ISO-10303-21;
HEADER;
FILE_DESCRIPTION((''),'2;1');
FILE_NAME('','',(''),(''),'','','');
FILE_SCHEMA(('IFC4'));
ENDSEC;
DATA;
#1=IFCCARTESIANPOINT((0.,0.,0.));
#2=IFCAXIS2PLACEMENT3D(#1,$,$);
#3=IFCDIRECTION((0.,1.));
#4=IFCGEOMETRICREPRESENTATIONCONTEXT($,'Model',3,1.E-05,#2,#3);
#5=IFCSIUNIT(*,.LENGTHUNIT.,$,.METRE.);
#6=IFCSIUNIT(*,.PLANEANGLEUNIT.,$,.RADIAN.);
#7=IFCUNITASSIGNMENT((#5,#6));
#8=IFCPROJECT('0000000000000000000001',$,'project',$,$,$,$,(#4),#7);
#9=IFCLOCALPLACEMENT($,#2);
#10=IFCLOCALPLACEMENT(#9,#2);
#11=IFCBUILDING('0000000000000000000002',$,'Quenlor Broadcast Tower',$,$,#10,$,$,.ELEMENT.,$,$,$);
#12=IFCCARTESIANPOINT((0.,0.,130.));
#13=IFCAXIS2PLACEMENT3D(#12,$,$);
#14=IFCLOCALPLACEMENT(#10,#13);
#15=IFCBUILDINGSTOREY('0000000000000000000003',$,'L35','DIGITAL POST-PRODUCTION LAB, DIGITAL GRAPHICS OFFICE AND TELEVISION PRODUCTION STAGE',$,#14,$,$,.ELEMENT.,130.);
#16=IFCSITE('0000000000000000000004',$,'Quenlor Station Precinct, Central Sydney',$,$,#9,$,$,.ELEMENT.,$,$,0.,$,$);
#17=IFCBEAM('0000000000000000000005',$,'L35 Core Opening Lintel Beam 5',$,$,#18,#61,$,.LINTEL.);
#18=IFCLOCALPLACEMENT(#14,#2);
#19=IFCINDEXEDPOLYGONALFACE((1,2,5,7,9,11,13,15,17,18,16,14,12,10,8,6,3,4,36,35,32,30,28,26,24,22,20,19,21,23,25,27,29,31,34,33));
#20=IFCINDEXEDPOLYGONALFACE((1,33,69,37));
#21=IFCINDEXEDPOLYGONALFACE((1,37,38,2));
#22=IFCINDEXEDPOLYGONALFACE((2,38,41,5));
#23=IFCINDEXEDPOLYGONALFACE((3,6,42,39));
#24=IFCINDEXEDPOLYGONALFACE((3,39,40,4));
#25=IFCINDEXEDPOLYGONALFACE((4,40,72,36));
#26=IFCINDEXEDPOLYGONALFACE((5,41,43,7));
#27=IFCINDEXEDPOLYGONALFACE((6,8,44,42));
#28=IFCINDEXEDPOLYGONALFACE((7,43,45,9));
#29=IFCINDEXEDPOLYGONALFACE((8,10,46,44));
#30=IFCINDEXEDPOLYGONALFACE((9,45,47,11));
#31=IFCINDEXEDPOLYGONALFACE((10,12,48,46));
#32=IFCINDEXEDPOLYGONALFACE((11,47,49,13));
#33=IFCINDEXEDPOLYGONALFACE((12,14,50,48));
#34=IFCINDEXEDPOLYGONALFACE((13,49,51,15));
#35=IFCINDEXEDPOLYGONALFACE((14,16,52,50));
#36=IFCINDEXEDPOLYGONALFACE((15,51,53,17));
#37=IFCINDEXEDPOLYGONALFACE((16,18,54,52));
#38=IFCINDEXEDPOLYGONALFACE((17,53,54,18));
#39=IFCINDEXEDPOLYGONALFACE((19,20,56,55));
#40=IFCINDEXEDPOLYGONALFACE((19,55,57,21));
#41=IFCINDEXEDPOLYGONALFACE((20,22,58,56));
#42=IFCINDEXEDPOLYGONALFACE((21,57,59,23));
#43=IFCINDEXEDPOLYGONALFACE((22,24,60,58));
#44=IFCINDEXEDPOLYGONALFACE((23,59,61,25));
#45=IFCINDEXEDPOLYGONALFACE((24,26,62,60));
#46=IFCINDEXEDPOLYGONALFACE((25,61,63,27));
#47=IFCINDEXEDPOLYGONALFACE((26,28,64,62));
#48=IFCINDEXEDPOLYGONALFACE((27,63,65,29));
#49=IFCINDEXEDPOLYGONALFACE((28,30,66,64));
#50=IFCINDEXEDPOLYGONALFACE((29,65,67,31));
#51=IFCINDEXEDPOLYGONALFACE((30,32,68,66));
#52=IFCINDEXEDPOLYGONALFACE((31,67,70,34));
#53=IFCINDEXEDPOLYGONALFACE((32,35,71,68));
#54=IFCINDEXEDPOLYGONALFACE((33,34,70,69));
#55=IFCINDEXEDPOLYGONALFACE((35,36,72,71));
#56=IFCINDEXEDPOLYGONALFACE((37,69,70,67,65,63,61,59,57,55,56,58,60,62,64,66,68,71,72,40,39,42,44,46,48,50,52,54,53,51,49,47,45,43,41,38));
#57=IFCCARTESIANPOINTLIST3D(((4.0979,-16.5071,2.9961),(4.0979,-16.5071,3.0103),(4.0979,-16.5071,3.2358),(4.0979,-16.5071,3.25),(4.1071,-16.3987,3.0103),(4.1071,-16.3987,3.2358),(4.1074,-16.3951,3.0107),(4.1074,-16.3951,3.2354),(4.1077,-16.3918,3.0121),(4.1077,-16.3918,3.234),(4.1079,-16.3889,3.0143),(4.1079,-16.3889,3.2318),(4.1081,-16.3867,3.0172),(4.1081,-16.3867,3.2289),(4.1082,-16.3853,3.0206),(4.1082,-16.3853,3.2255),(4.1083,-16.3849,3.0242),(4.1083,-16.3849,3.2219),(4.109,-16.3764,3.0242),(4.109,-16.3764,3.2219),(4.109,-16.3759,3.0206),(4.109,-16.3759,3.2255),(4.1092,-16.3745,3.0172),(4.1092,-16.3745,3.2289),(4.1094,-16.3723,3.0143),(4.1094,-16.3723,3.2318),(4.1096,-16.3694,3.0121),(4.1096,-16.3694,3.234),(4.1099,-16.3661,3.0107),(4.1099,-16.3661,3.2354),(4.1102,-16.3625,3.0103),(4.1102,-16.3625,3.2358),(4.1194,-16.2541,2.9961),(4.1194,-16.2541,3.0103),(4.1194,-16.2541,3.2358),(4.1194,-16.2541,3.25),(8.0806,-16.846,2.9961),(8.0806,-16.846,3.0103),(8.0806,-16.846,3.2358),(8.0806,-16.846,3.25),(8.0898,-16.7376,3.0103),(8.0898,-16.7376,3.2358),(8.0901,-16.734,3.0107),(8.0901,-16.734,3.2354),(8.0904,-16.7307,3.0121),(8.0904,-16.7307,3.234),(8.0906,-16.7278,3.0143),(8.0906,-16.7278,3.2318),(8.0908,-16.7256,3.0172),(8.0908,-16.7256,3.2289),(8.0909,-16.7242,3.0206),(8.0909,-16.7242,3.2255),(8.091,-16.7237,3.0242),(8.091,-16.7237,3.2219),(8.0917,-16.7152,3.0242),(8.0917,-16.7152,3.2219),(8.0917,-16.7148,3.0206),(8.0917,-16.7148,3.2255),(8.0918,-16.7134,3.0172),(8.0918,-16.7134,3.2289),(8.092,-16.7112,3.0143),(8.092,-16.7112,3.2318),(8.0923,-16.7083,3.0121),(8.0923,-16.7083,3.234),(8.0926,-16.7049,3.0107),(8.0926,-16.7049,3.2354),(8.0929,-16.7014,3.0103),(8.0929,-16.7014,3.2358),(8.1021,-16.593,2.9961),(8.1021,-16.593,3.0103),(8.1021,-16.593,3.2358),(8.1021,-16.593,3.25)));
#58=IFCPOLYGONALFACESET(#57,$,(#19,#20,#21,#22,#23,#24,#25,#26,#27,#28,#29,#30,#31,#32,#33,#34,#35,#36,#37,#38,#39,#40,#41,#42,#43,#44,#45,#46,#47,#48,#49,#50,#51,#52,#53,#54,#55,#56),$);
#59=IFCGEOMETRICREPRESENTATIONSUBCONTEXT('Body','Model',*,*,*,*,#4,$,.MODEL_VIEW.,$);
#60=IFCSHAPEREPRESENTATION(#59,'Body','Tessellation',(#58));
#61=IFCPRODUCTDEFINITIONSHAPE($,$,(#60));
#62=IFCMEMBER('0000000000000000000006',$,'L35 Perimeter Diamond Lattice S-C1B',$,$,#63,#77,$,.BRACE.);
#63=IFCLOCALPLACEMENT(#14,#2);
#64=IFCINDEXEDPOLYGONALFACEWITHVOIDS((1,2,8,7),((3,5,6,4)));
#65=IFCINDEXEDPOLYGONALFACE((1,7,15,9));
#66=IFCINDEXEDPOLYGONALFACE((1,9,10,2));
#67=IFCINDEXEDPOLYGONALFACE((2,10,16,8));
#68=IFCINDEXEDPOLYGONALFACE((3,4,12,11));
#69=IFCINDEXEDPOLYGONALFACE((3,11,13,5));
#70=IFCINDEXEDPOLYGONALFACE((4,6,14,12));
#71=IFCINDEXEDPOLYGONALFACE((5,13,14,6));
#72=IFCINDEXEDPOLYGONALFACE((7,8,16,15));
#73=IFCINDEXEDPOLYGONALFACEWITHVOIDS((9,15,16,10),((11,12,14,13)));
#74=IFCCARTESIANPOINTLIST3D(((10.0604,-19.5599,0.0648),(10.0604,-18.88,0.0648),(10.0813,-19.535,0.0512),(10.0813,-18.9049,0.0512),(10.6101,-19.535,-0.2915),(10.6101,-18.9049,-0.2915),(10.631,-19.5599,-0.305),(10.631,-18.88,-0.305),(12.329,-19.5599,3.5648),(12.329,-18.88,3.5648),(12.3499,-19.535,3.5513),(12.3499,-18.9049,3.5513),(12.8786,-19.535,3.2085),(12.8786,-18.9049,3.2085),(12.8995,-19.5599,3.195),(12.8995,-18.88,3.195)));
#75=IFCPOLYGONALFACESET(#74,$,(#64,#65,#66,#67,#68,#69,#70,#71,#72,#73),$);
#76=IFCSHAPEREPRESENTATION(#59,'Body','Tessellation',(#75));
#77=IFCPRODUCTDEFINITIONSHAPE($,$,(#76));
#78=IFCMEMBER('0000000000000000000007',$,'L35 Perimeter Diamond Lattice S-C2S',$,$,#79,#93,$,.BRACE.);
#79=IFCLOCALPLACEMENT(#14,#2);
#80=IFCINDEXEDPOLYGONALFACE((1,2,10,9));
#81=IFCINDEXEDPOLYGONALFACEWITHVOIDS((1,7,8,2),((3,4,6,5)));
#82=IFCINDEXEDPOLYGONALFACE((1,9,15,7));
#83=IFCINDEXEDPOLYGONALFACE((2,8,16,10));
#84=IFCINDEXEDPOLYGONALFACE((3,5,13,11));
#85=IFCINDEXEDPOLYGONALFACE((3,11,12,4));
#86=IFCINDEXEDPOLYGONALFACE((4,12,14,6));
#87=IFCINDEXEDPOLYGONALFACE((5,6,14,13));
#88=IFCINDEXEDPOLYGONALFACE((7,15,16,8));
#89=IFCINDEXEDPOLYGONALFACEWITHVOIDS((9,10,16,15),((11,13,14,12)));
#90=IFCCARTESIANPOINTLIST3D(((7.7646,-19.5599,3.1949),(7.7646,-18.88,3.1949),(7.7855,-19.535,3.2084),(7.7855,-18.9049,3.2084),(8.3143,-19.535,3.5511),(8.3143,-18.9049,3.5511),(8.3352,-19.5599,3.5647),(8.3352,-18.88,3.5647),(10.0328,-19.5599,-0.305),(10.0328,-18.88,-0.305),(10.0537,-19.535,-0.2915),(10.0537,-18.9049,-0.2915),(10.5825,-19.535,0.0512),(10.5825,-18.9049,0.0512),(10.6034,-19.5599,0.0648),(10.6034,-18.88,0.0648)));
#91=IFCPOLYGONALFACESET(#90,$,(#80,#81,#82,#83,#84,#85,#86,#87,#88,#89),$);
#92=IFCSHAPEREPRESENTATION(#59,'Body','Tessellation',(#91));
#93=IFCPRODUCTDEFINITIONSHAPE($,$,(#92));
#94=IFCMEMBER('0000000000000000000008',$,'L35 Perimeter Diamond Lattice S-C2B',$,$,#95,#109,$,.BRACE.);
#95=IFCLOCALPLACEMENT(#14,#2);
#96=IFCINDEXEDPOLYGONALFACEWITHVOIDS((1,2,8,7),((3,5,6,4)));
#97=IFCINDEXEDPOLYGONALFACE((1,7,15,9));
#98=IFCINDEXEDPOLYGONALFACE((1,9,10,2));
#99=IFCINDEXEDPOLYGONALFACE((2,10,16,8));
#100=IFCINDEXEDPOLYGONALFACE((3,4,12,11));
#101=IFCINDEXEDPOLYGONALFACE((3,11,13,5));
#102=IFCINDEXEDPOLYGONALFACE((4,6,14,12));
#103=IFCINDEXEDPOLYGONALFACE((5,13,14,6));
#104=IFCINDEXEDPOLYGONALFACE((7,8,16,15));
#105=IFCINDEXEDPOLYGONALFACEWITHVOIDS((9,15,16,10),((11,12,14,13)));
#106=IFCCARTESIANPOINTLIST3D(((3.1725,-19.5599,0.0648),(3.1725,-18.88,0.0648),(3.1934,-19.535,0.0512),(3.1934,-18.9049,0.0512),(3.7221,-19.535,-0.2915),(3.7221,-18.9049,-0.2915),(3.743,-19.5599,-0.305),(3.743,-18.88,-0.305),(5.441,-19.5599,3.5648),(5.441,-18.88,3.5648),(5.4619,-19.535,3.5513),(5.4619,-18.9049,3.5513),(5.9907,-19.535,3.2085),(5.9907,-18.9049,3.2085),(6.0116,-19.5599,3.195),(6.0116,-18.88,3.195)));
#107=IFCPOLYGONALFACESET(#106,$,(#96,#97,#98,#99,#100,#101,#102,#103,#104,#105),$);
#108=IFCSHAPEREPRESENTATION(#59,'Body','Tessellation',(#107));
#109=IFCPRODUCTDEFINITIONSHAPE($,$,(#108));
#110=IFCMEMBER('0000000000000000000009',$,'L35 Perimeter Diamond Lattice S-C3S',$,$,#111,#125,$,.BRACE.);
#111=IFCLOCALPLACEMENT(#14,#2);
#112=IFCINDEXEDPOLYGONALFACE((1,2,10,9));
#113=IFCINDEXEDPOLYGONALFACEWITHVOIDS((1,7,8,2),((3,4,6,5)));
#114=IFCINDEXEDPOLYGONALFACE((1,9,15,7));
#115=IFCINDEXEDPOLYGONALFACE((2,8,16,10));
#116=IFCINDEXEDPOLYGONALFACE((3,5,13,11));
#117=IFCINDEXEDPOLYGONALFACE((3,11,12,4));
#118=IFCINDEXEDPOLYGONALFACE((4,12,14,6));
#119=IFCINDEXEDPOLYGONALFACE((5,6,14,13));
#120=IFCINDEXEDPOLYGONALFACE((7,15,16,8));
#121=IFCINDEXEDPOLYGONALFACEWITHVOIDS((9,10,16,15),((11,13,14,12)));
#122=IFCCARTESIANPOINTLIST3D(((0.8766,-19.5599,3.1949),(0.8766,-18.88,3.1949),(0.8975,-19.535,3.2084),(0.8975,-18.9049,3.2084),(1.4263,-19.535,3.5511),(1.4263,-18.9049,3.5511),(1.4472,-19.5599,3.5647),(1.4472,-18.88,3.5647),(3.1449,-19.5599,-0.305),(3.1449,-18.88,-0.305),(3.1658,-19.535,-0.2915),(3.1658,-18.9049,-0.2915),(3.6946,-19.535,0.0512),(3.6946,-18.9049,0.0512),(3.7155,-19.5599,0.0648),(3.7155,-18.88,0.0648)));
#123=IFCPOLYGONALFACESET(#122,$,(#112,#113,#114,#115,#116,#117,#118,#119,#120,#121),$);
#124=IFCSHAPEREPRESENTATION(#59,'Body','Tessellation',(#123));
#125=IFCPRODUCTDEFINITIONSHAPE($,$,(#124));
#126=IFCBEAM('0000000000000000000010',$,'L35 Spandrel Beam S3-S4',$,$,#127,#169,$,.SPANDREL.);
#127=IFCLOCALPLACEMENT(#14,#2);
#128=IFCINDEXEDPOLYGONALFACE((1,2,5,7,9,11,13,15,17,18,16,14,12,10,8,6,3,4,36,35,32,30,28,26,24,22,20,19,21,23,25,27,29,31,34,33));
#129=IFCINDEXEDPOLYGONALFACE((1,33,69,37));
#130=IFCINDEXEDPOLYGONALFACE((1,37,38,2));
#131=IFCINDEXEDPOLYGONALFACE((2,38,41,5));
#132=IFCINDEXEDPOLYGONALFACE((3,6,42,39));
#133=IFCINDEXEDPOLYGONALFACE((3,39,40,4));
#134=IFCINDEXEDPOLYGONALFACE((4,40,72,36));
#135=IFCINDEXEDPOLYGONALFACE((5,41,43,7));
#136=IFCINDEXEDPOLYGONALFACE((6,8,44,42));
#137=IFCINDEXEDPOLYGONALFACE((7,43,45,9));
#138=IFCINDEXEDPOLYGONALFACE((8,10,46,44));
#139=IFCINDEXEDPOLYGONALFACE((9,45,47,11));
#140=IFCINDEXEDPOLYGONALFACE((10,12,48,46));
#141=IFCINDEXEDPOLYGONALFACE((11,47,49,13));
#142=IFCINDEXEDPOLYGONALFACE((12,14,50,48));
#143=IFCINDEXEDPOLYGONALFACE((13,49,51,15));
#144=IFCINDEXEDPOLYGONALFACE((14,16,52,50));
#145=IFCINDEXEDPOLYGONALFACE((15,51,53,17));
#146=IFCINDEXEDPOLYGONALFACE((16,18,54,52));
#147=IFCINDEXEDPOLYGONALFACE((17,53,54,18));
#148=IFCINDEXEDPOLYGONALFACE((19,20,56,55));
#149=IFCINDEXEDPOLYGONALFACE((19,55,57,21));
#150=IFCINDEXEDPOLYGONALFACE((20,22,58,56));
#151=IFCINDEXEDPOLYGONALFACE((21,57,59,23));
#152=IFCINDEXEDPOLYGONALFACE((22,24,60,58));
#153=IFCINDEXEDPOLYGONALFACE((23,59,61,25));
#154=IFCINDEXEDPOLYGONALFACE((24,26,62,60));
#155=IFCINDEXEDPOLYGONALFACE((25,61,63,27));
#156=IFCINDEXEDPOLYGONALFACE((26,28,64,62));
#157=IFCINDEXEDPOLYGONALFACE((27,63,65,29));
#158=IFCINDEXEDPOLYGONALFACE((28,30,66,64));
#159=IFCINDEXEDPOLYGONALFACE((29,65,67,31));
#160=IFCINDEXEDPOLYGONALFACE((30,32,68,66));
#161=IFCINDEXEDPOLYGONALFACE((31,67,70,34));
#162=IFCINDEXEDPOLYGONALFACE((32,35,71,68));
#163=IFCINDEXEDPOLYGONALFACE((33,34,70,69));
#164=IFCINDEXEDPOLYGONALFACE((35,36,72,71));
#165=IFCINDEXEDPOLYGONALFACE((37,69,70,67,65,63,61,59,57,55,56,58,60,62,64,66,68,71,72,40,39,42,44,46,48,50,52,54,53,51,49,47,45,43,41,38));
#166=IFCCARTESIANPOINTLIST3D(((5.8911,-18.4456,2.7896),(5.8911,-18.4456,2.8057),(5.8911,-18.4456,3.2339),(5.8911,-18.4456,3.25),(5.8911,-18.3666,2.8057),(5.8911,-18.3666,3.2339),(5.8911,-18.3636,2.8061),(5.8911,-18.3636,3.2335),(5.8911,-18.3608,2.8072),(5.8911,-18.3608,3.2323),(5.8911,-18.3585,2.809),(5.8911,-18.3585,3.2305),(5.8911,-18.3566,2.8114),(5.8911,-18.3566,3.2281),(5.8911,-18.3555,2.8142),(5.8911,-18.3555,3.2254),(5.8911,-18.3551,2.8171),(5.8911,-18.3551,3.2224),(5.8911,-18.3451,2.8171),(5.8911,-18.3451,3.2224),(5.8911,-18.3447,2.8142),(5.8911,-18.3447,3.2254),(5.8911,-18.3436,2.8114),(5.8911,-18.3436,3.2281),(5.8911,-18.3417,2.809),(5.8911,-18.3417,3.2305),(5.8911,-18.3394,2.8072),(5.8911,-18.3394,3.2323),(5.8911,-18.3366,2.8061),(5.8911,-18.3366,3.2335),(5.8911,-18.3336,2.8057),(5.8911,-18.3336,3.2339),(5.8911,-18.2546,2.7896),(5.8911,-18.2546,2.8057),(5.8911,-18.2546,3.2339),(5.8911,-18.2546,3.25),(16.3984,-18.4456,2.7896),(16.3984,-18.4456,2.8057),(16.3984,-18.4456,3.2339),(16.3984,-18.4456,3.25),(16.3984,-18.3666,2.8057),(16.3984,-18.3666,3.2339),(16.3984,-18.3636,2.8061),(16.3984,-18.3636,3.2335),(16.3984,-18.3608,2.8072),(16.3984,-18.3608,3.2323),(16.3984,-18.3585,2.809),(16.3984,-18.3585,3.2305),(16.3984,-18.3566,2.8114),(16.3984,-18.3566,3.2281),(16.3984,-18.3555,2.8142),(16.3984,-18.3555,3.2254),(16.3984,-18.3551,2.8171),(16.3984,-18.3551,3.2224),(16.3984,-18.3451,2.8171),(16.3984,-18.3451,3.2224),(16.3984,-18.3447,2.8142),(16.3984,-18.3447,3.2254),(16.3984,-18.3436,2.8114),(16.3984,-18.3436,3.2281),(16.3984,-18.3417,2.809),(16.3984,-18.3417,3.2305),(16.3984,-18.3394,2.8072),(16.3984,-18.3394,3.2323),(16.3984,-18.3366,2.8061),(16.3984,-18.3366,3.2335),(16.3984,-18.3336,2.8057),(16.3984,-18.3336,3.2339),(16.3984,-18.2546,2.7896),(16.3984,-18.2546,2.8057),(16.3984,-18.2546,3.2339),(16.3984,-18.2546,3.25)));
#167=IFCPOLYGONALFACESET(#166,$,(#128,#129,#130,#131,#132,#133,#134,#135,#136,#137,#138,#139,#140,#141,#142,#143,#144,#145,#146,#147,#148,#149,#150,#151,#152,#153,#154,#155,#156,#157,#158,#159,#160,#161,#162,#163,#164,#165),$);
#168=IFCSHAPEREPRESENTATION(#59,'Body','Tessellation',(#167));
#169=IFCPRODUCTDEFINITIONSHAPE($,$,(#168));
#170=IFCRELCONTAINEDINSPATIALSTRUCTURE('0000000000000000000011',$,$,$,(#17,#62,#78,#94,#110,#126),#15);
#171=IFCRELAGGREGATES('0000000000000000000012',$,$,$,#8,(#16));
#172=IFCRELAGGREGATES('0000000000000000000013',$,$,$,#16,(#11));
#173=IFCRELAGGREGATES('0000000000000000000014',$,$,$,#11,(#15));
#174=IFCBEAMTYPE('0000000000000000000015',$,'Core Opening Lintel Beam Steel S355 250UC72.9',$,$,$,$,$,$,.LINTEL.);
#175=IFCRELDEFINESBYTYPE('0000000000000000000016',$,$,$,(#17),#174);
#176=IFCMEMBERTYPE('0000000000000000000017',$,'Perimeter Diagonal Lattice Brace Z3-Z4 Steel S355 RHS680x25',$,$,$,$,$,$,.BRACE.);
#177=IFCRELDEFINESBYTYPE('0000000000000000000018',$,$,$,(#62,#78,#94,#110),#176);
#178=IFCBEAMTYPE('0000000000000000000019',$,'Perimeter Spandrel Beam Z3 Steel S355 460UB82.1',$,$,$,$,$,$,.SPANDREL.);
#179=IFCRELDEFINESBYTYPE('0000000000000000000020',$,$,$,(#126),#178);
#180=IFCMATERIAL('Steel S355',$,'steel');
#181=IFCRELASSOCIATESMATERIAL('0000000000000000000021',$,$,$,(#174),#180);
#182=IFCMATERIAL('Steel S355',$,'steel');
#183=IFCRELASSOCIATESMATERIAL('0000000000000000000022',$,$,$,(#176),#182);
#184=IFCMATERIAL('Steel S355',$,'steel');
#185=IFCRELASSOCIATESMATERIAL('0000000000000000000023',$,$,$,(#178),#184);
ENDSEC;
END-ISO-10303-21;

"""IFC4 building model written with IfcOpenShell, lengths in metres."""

from ifc_helpers import new_model, si_unit, direction, frame, origin, origin_2d, place, context, subcontext, project, spatial, hollow_rectangle, i_section, extrude, material, material_profile, profile_set, type_object, element, save


model = new_model("IFC4")

# Units and contexts
model_context = context("Model", 3, precision=1e-05, world=origin(), true_north=direction((0.0, 1.0)))
body_context = subcontext(model_context, "Body", "Model", "MODEL_VIEW")
ifc_project = project(units=[si_unit("LENGTHUNIT", "METRE"), si_unit("PLANEANGLEUNIT", "RADIAN")], contexts=[model_context])

# Site, building, storey
site_placement = place(None, origin())
site = spatial("IfcSite", under=ifc_project, at=site_placement, Name="Quenlor Station Precinct, Central Sydney", CompositionType="ELEMENT", RefElevation=0.0)
building_placement = place(site_placement, origin())
building = spatial("IfcBuilding", under=site, at=building_placement, Name="Quenlor Broadcast Tower", CompositionType="ELEMENT")
storey_placement = place(building_placement, frame((0.0, 0.0, 130.0)))
storey = spatial("IfcBuildingStorey", under=building, at=storey_placement, Name="L35", Description="DIGITAL POST-PRODUCTION LAB, DIGITAL GRAPHICS OFFICE AND TELEVISION PRODUCTION STAGE", CompositionType="ELEMENT", Elevation=130.0)

# Beam
ifc_material_1 = material(Name="Steel S355", Category="steel")
ifc_material_profile_1 = material_profile(ifc_material_1, i_section(OverallWidth=0.2539, OverallDepth=0.2539, WebThickness=0.0085, FlangeThickness=0.0142, FilletRadius=0.0139, at=origin_2d()))
ifc_profile_set_1 = profile_set([ifc_material_profile_1], Name="Steel S355 250UC72.9")
beam_type_1 = type_object("IfcBeamType", Name="Core Opening Lintel Beam Steel S355 250UC72.9", PredefinedType="LINTEL", material=ifc_profile_set_1)
beam_1_placement = place(storey_placement, frame((4.1086, -16.3806, 3.123), z_axis=(0.9964, -0.084779, 0.0), x_axis=(0.084779, 0.9964, 0.0)))
element("IfcBeam", 1, at=beam_1_placement, inside=storey, type_object=beam_type_1, Name="L35 Core Opening Lintel Beam 5", PredefinedType="LINTEL", context=body_context, shape_type="SweptSolid", body=[
    extrude(i_section(OverallWidth=0.2539, OverallDepth=0.2539, WebThickness=0.0085, FlangeThickness=0.0142, FilletRadius=0.0139, at=origin_2d()), origin(), (0.0, 0.0, 1.0), 3.9971),
])

# Members
ifc_material_2 = material(Name="Steel S355", Category="steel")
ifc_material_profile_2 = material_profile(ifc_material_2, hollow_rectangle(XDim=0.6799, YDim=0.6799, WallThickness=0.0249, at=origin_2d()))
ifc_profile_set_2 = profile_set([ifc_material_profile_2], Name="Steel S355 RHS680x680x25")
member_type_1 = type_object("IfcMemberType", Name="Perimeter Diagonal Lattice Brace Z3-Z4 Steel S355 RHS680x25", PredefinedType="BRACE", material=ifc_profile_set_2)
member_1_placement = place(storey_placement, frame((10.3457, -19.22, -0.1201), z_axis=(0.543902, 0.0, 0.839149), x_axis=(0.0, 1.0, 0.0)))
element("IfcMember", 2, at=member_1_placement, inside=storey, type_object=member_type_1, Name="L35 Perimeter Diamond Lattice S-C1B", PredefinedType="BRACE", context=body_context, shape_type="SweptSolid", body=[
    extrude(hollow_rectangle(XDim=0.6799, YDim=0.6799, WallThickness=0.0249, at=origin_2d()), origin(), (0.0, 0.0, 1.0), 4.1709),
])
member_2_placement = place(storey_placement, frame((10.3181, -19.22, -0.1201), z_axis=(-0.54386, 0.0, 0.839176), x_axis=(0.0, -1.0, 0.0)))
element("IfcMember", 3, at=member_2_placement, inside=storey, type_object=member_type_1, Name="L35 Perimeter Diamond Lattice S-C2S", PredefinedType="BRACE", context=body_context, shape_type="SweptSolid", body=[
    extrude(hollow_rectangle(XDim=0.6799, YDim=0.6799, WallThickness=0.0249, at=origin_2d()), origin(), (0.0, 0.0, 1.0), 4.1707),
])
member_3_placement = place(storey_placement, frame((3.4578, -19.22, -0.1201), z_axis=(0.543902, 0.0, 0.839149), x_axis=(0.0, 1.0, 0.0)))
element("IfcMember", 4, at=member_3_placement, inside=storey, type_object=member_type_1, Name="L35 Perimeter Diamond Lattice S-C2B", PredefinedType="BRACE", context=body_context, shape_type="SweptSolid", body=[
    extrude(hollow_rectangle(XDim=0.6799, YDim=0.6799, WallThickness=0.0249, at=origin_2d()), origin(), (0.0, 0.0, 1.0), 4.1709),
])
member_4_placement = place(storey_placement, frame((3.4302, -19.22, -0.1201), z_axis=(-0.54386, 0.0, 0.839176), x_axis=(0.0, -1.0, 0.0)))
element("IfcMember", 5, at=member_4_placement, inside=storey, type_object=member_type_1, Name="L35 Perimeter Diamond Lattice S-C3S", PredefinedType="BRACE", context=body_context, shape_type="SweptSolid", body=[
    extrude(hollow_rectangle(XDim=0.6799, YDim=0.6799, WallThickness=0.0249, at=origin_2d()), origin(), (0.0, 0.0, 1.0), 4.1707),
])

# Beam
ifc_material_3 = material(Name="Steel S355", Category="steel")
ifc_material_profile_3 = material_profile(ifc_material_3, i_section(OverallWidth=0.1909, OverallDepth=0.4604, WebThickness=0.01, FlangeThickness=0.0161, FilletRadius=0.0115, at=origin_2d()))
ifc_profile_set_3 = profile_set([ifc_material_profile_3], Name="Steel S355 460UB82.1")
beam_type_2 = type_object("IfcBeamType", Name="Perimeter Spandrel Beam Z3 Steel S355 460UB82.1", PredefinedType="SPANDREL", material=ifc_profile_set_3)
beam_2_placement = place(storey_placement, frame((5.8911, -18.3501, 3.0198), z_axis=(1.0, 0.0, 0.0), x_axis=(0.0, 1.0, 0.0)))
element("IfcBeam", 6, at=beam_2_placement, inside=storey, type_object=beam_type_2, Name="L35 Spandrel Beam S3-S4", PredefinedType="SPANDREL", context=body_context, shape_type="SweptSolid", body=[
    extrude(i_section(OverallWidth=0.1909, OverallDepth=0.4604, WebThickness=0.01, FlangeThickness=0.0161, FilletRadius=0.0115, at=origin_2d()), origin(), (0.0, 0.0, 1.0), 10.5073),
])

save(model, "model.ifc")
